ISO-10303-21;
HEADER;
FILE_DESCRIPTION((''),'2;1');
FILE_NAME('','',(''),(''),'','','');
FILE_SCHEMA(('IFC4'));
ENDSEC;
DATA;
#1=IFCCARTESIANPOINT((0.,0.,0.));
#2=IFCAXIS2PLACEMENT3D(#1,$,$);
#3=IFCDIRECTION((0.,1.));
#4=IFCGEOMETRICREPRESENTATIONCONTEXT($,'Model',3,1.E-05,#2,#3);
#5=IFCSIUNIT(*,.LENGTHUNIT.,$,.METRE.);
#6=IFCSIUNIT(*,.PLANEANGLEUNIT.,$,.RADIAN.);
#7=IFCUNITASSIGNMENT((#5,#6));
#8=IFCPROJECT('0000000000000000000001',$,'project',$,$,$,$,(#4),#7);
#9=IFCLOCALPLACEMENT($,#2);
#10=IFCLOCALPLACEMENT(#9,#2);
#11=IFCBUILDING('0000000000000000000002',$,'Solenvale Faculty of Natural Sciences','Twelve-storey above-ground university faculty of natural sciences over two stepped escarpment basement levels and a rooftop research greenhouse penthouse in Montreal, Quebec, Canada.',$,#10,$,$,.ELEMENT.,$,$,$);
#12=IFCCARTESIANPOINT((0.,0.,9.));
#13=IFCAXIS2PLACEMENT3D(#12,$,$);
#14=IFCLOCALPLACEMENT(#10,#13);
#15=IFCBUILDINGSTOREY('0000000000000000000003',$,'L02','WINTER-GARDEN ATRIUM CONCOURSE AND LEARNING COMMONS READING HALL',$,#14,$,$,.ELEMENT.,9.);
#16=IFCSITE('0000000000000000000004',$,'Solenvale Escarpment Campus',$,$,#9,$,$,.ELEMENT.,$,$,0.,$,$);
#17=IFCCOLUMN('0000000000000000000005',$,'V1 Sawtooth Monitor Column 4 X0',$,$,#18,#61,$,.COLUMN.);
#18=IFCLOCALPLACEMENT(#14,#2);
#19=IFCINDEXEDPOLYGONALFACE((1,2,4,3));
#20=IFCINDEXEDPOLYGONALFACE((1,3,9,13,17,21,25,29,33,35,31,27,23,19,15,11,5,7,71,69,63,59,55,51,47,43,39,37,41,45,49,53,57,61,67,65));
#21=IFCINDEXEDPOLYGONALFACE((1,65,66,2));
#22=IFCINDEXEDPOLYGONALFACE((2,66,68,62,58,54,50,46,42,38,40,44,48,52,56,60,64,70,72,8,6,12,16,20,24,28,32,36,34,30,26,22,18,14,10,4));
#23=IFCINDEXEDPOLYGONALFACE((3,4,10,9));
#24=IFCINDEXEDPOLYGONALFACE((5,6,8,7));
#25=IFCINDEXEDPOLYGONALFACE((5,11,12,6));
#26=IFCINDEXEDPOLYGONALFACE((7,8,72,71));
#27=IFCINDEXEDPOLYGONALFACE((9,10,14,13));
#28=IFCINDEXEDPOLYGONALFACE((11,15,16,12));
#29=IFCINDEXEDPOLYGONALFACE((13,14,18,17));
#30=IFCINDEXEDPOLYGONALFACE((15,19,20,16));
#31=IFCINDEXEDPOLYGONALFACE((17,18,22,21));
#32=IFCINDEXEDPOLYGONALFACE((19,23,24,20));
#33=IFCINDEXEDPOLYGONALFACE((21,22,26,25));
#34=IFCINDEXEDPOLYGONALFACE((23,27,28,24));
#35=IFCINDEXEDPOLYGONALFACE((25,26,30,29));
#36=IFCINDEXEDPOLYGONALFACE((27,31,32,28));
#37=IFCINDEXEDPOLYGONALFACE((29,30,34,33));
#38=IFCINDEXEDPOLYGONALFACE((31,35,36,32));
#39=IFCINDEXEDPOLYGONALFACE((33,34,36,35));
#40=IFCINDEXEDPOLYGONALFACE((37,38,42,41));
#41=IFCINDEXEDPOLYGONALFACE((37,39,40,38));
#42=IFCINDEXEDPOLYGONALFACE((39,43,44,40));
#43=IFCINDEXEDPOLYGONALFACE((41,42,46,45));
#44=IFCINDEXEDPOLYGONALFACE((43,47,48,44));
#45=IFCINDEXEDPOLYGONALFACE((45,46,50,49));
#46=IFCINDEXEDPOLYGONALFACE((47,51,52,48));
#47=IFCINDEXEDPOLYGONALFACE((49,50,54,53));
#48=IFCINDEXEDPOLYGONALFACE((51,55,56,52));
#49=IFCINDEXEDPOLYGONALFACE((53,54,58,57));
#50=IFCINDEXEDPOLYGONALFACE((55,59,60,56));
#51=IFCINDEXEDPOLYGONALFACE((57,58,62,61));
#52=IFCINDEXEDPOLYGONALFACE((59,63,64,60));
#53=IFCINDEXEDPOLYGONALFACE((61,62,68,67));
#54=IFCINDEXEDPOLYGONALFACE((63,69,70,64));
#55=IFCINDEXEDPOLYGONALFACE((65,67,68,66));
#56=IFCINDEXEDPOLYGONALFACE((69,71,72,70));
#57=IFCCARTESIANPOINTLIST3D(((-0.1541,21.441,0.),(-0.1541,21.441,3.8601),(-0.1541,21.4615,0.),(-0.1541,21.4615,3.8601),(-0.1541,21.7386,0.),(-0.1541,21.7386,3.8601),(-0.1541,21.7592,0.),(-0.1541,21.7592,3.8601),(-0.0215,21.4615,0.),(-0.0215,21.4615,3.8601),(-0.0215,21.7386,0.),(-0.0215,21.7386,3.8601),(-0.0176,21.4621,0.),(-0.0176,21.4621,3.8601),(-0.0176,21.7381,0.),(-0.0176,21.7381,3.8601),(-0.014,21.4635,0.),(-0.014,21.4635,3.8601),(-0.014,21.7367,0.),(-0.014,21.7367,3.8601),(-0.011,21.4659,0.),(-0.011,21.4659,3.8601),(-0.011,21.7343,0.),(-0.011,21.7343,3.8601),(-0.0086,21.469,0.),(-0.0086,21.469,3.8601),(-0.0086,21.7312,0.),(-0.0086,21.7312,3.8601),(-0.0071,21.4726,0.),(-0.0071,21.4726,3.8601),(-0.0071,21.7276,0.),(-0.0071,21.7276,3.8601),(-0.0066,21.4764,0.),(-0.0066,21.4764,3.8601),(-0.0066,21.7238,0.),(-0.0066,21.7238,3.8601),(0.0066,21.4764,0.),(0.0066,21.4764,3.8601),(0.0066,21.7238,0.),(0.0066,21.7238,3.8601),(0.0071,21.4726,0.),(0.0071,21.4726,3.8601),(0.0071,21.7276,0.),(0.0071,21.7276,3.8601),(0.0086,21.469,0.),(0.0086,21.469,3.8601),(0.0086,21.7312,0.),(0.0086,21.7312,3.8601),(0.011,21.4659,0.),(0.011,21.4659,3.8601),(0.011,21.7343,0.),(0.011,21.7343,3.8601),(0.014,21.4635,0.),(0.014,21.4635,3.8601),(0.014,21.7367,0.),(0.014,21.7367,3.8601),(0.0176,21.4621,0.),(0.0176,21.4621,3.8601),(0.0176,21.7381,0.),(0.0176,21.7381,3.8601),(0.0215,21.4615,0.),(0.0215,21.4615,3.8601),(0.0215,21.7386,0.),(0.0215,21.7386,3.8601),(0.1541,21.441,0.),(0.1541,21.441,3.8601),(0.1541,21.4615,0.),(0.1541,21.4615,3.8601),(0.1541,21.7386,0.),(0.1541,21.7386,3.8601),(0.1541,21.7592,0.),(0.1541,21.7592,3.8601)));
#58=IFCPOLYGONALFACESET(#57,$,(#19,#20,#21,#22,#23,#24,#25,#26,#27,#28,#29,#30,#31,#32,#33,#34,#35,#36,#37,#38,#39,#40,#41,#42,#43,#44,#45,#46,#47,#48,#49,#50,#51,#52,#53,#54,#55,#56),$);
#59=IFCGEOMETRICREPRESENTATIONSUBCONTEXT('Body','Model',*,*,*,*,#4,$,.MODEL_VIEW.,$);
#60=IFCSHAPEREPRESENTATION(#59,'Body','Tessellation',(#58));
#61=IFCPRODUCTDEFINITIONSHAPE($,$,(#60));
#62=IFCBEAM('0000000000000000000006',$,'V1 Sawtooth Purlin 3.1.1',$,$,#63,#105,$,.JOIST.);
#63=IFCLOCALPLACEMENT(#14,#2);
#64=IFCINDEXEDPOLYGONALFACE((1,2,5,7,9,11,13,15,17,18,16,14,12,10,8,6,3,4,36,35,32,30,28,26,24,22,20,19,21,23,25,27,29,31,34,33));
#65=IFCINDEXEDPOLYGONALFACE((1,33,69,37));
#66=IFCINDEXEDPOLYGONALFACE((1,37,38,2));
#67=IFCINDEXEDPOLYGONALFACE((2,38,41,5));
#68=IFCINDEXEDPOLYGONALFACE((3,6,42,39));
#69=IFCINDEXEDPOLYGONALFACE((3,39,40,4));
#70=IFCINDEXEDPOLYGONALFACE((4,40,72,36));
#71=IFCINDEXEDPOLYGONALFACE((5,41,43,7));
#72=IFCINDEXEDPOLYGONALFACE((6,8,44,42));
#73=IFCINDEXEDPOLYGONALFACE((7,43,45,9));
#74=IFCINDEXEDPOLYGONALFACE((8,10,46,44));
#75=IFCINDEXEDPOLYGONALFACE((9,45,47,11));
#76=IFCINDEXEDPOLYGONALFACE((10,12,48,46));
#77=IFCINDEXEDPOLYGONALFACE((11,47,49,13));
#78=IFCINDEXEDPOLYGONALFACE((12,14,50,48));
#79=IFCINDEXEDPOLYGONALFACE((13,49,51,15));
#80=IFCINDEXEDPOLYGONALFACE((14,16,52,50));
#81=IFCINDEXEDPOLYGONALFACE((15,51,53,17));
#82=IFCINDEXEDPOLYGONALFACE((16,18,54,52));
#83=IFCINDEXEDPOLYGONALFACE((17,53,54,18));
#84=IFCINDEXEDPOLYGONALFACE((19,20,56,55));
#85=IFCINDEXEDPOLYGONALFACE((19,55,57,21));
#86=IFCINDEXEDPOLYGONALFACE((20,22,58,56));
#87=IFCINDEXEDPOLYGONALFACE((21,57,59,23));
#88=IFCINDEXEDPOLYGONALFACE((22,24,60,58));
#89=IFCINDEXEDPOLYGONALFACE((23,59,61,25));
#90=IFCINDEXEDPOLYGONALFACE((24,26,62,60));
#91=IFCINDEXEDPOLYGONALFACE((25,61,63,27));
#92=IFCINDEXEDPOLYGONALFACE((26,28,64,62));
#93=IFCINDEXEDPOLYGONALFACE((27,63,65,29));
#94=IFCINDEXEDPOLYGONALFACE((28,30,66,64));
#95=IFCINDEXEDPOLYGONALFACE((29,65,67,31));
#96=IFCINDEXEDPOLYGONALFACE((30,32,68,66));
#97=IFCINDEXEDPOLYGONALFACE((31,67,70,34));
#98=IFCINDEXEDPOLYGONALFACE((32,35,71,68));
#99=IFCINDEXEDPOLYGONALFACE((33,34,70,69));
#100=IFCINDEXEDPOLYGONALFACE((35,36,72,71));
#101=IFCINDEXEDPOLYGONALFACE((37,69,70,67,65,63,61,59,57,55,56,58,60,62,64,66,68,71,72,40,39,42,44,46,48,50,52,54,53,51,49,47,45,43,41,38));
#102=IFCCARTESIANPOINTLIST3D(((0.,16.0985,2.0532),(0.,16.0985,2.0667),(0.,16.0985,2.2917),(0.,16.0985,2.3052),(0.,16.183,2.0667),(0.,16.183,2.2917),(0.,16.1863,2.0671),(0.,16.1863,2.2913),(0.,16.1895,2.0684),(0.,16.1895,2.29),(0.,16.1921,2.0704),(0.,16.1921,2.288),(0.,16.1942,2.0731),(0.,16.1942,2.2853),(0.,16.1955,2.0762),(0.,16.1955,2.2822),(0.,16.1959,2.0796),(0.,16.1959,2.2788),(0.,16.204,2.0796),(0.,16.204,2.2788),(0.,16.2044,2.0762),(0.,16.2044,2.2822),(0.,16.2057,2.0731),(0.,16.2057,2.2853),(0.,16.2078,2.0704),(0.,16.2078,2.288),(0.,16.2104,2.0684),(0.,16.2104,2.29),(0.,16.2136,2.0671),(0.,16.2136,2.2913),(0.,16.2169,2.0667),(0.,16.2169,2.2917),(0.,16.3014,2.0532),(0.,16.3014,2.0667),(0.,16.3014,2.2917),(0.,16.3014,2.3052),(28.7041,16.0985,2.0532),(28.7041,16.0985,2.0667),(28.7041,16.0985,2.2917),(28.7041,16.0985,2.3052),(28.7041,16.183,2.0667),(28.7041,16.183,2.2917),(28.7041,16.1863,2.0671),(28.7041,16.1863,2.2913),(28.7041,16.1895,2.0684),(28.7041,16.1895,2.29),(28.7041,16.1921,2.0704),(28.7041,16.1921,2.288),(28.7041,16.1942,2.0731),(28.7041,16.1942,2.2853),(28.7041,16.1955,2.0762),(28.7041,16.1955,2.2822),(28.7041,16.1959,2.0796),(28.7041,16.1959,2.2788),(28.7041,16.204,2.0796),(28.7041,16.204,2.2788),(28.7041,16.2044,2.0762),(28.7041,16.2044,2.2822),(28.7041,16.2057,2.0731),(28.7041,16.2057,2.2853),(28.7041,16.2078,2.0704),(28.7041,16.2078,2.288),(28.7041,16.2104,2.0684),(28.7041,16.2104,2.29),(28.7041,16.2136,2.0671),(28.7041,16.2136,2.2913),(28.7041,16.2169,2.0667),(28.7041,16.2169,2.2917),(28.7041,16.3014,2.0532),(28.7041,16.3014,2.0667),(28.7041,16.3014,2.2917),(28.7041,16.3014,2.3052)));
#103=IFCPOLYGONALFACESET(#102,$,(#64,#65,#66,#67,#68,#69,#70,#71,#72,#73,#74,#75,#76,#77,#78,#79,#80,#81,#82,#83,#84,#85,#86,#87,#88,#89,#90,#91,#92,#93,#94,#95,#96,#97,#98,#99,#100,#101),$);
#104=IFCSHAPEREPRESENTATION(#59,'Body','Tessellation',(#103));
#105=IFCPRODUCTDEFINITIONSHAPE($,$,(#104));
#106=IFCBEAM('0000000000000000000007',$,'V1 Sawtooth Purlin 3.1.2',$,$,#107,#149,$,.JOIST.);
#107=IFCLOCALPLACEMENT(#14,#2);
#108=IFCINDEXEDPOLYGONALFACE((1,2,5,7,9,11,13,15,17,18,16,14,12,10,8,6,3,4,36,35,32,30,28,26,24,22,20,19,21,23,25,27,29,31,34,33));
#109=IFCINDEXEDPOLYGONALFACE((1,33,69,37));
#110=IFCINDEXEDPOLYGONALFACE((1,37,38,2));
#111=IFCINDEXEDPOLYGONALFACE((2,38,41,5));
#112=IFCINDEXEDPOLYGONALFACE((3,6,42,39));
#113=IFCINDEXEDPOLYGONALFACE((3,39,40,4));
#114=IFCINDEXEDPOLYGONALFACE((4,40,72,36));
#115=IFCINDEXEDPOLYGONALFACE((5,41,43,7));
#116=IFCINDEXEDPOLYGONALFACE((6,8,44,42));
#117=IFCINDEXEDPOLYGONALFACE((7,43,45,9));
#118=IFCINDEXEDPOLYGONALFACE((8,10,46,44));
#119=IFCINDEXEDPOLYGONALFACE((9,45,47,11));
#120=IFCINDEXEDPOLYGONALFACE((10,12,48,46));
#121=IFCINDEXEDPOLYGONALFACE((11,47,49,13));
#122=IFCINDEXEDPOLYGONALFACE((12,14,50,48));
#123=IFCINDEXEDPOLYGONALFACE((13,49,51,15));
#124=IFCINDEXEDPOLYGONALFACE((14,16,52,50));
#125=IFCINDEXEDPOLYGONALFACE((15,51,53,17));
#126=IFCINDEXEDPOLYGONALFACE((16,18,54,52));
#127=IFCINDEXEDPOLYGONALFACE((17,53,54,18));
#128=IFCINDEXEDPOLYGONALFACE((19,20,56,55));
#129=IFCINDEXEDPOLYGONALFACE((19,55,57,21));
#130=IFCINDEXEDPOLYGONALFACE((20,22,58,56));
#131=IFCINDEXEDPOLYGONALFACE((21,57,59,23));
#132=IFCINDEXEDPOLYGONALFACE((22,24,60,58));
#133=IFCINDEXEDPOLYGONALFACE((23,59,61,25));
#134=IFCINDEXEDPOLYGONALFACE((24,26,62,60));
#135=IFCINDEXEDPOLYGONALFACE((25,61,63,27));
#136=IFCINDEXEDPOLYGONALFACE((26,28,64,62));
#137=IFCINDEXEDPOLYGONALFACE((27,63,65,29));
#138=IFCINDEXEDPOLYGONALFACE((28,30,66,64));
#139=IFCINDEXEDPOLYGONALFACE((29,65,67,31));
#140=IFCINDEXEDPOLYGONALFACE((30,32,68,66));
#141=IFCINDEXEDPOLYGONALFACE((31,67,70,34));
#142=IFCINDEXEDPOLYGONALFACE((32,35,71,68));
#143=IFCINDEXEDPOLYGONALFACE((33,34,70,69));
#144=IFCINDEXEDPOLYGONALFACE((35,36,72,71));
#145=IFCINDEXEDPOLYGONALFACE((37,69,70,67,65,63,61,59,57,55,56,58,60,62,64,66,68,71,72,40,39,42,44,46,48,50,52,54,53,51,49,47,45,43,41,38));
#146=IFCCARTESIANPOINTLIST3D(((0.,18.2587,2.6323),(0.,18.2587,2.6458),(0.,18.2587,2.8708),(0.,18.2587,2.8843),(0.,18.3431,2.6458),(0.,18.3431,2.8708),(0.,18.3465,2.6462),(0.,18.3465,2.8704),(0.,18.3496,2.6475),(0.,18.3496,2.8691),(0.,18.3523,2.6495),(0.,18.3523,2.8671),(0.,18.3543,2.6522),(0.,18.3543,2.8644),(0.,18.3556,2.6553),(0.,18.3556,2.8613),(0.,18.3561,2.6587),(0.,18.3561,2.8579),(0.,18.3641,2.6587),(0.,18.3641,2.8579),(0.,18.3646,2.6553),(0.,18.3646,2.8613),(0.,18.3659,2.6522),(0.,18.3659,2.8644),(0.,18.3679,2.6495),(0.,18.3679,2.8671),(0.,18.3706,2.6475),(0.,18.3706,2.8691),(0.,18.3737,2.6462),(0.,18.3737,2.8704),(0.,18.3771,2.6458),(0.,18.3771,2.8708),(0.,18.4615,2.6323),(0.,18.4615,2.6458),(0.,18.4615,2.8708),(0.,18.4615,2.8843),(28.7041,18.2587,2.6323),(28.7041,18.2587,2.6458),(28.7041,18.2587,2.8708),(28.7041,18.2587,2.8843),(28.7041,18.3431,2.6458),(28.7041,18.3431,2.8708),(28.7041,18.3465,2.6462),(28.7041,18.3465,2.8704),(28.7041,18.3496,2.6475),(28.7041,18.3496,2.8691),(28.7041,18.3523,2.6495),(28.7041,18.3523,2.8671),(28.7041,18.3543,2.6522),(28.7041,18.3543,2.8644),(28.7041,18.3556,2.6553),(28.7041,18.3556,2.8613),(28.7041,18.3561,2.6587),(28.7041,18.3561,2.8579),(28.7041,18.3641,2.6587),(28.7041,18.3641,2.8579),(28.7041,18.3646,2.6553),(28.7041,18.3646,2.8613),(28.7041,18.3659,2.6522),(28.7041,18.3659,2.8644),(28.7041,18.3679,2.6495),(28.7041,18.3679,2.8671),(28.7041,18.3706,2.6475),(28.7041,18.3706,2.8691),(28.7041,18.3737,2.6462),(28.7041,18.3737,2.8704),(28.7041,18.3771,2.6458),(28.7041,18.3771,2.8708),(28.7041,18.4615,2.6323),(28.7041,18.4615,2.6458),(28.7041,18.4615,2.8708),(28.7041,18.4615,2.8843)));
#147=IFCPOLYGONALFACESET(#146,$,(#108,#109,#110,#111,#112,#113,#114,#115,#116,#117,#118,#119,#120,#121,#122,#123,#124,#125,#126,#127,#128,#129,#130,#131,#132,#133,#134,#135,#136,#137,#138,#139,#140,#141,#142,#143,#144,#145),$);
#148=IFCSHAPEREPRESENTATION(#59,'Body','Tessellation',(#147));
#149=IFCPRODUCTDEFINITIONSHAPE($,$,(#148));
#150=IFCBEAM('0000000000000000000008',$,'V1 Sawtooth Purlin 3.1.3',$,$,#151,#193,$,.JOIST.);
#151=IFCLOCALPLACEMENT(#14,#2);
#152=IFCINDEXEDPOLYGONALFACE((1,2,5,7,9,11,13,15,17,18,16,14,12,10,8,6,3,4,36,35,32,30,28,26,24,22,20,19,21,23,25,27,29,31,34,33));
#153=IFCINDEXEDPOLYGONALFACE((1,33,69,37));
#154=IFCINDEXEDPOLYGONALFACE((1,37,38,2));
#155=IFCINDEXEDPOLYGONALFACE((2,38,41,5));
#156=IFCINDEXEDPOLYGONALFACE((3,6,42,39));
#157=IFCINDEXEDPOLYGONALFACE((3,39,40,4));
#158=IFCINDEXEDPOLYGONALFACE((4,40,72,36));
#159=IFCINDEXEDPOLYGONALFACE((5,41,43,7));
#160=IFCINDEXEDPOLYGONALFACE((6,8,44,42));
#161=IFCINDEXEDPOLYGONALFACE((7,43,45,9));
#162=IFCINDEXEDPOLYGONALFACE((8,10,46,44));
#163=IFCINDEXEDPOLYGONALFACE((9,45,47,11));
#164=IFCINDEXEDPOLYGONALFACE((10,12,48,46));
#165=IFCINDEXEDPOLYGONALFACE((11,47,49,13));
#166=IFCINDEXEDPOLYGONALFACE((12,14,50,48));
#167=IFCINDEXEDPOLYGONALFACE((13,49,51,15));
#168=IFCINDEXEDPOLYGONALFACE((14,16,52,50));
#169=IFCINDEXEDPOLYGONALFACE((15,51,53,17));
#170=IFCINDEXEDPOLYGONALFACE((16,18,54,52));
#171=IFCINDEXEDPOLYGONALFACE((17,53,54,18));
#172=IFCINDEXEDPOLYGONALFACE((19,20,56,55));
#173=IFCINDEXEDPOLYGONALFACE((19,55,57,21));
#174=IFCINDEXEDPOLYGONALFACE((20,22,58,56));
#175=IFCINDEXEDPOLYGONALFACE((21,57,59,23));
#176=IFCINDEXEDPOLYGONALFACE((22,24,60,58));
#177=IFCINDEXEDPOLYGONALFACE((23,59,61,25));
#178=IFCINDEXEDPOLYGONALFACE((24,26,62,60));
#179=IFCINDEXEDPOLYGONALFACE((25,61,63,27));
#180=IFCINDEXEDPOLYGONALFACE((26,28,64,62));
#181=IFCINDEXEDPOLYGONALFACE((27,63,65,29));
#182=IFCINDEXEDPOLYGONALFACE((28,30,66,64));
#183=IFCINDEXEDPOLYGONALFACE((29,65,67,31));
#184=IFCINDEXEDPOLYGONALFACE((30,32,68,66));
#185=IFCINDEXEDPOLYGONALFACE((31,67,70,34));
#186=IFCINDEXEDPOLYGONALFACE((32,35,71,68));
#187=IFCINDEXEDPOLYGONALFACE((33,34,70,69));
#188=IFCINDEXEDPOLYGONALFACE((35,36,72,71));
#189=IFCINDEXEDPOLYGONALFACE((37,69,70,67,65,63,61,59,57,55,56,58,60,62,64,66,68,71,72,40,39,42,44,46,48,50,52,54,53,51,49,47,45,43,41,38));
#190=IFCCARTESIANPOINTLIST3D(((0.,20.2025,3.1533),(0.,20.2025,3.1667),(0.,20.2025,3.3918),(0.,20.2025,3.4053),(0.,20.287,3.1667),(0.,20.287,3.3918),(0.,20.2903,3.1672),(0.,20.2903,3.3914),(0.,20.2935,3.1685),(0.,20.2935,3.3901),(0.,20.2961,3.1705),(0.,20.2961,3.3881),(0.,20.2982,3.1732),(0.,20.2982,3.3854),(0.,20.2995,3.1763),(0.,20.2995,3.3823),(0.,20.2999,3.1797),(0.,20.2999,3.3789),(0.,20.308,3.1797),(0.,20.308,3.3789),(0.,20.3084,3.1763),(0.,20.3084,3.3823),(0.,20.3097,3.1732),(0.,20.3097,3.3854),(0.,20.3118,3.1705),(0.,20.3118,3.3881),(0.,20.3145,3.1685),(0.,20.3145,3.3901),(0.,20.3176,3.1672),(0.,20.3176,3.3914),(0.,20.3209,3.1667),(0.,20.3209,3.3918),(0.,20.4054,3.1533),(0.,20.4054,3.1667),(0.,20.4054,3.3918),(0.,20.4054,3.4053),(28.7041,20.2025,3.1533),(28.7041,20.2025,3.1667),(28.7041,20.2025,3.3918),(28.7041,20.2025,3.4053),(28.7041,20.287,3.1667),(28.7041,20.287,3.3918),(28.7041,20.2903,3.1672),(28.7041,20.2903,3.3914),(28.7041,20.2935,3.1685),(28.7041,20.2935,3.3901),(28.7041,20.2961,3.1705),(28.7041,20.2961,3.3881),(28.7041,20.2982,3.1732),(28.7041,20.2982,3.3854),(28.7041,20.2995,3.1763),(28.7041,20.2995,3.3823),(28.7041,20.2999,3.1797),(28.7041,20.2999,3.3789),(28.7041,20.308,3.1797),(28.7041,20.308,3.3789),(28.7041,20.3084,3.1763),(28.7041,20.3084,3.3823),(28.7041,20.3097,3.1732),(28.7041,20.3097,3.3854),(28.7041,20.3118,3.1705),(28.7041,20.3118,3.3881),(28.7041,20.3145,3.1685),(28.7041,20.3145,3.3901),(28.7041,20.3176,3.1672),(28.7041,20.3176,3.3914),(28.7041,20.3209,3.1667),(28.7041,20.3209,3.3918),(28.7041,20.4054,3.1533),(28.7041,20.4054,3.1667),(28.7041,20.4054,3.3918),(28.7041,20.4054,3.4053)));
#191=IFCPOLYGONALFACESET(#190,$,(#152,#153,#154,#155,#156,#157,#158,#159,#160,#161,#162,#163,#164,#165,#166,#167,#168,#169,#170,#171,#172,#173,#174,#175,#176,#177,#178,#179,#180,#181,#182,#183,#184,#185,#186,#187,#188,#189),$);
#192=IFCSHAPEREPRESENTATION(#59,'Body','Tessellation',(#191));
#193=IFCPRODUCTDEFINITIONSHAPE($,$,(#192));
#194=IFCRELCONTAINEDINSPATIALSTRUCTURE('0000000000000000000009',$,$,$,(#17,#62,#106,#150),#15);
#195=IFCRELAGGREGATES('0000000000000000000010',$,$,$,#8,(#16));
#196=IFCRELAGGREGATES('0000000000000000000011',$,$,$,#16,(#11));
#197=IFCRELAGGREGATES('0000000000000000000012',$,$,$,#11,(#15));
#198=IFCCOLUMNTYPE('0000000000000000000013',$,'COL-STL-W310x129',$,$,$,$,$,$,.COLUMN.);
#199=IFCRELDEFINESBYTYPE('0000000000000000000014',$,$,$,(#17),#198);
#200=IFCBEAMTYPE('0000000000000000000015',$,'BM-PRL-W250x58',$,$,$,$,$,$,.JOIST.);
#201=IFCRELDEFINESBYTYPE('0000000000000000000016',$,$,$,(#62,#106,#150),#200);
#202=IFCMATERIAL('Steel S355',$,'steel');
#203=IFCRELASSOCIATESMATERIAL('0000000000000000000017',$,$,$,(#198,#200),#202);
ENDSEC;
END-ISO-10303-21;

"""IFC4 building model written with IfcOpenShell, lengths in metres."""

from ifc_helpers import new_model, si_unit, direction, frame, origin, origin_2d, place, context, subcontext, project, spatial, i_section, extrude, material, material_profile, profile_set, type_object, element, save


model = new_model("IFC4")

# Units and contexts
model_context = context("Model", 3, precision=1e-05, world=origin(), true_north=direction((0.0, 1.0)))
body_context = subcontext(model_context, "Body", "Model", "MODEL_VIEW")
ifc_project = project(units=[si_unit("LENGTHUNIT", "METRE"), si_unit("PLANEANGLEUNIT", "RADIAN")], contexts=[model_context])

# Site, building, storey
site_placement = place(None, origin())
site = spatial("IfcSite", under=ifc_project, at=site_placement, Name="Solenvale Escarpment Campus", CompositionType="ELEMENT", RefElevation=0.0)
building_placement = place(site_placement, origin())
building = spatial("IfcBuilding", under=site, at=building_placement, Name="Solenvale Faculty of Natural Sciences", Description="Twelve-storey above-ground university faculty of natural sciences over two stepped escarpment basement levels and a rooftop research greenhouse penthouse in Montreal, Quebec, Canada.", CompositionType="ELEMENT")
storey_placement = place(building_placement, frame((0.0, 0.0, 9.0)))
storey = spatial("IfcBuildingStorey", under=building, at=storey_placement, Name="L02", Description="WINTER-GARDEN ATRIUM CONCOURSE AND LEARNING COMMONS READING HALL", CompositionType="ELEMENT", Elevation=9.0)

# Column
ifc_material_1 = material(Name="Steel S355", Category="steel")
ifc_material_profile_1 = material_profile(ifc_material_1, i_section(OverallWidth=0.3081, OverallDepth=0.3181, WebThickness=0.0132, FlangeThickness=0.0205, FilletRadius=0.0149, at=origin_2d()), Name="W310x129")
ifc_profile_set_1 = profile_set([ifc_material_profile_1], Name="Steel S355")
column_type = type_object("IfcColumnType", Name="COL-STL-W310x129", PredefinedType="COLUMN", material=ifc_profile_set_1)
column_placement = place(storey_placement, frame((0.0, 21.6001, 0.0), z_axis=(0.0, 0.0, 1.0), x_axis=(1.0, 0.0, 0.0)))
element("IfcColumn", 1, at=column_placement, inside=storey, type_object=column_type, Name="V1 Sawtooth Monitor Column 4 X0", PredefinedType="COLUMN", context=body_context, shape_type="SweptSolid", body=[
    extrude(i_section(OverallWidth=0.3081, OverallDepth=0.3181, WebThickness=0.0132, FlangeThickness=0.0205, FilletRadius=0.0149, at=origin_2d()), origin(), (0.0, 0.0, 1.0), 3.8601),
])

# Beams
ifc_material_profile_2 = material_profile(ifc_material_1, i_section(OverallWidth=0.2029, OverallDepth=0.252, WebThickness=0.0081, FlangeThickness=0.0134, FilletRadius=0.0129, at=origin_2d()), Name="W250x58")
ifc_profile_set_2 = profile_set([ifc_material_profile_2], Name="Steel S355")
beam_type_1 = type_object("IfcBeamType", Name="BM-PRL-W250x58", PredefinedType="JOIST", material=ifc_profile_set_2)
for number, where, z_axis, x_axis, name in (
    (2, (0.0, 16.2, 2.1792), (1.0, 0.0, 0.0), (0.0, 1.0, 0.0), "V1 Sawtooth Purlin 3.1.1"),
    (3, (0.0, 18.3601, 2.7583), (1.0, 0.0, 0.0), (0.0, 1.0, 0.0), "V1 Sawtooth Purlin 3.1.2"),
    (4, (0.0, 20.304, 3.2793), (1.0, 0.0, 0.0), (0.0, 1.0, 0.0), "V1 Sawtooth Purlin 3.1.3"),
):
    element("IfcBeam", number, at=place(storey_placement, frame(where, z_axis=z_axis, x_axis=x_axis)), inside=storey, type_object=beam_type_1, Name=name, PredefinedType="JOIST", context=body_context, shape_type="SweptSolid", body=[
        extrude(i_section(OverallWidth=0.2029, OverallDepth=0.252, WebThickness=0.0081, FlangeThickness=0.0134, FilletRadius=0.0129, at=origin_2d()), origin(), (0.0, 0.0, 1.0), 28.7041),
    ])

save(model, "model.ifc")
